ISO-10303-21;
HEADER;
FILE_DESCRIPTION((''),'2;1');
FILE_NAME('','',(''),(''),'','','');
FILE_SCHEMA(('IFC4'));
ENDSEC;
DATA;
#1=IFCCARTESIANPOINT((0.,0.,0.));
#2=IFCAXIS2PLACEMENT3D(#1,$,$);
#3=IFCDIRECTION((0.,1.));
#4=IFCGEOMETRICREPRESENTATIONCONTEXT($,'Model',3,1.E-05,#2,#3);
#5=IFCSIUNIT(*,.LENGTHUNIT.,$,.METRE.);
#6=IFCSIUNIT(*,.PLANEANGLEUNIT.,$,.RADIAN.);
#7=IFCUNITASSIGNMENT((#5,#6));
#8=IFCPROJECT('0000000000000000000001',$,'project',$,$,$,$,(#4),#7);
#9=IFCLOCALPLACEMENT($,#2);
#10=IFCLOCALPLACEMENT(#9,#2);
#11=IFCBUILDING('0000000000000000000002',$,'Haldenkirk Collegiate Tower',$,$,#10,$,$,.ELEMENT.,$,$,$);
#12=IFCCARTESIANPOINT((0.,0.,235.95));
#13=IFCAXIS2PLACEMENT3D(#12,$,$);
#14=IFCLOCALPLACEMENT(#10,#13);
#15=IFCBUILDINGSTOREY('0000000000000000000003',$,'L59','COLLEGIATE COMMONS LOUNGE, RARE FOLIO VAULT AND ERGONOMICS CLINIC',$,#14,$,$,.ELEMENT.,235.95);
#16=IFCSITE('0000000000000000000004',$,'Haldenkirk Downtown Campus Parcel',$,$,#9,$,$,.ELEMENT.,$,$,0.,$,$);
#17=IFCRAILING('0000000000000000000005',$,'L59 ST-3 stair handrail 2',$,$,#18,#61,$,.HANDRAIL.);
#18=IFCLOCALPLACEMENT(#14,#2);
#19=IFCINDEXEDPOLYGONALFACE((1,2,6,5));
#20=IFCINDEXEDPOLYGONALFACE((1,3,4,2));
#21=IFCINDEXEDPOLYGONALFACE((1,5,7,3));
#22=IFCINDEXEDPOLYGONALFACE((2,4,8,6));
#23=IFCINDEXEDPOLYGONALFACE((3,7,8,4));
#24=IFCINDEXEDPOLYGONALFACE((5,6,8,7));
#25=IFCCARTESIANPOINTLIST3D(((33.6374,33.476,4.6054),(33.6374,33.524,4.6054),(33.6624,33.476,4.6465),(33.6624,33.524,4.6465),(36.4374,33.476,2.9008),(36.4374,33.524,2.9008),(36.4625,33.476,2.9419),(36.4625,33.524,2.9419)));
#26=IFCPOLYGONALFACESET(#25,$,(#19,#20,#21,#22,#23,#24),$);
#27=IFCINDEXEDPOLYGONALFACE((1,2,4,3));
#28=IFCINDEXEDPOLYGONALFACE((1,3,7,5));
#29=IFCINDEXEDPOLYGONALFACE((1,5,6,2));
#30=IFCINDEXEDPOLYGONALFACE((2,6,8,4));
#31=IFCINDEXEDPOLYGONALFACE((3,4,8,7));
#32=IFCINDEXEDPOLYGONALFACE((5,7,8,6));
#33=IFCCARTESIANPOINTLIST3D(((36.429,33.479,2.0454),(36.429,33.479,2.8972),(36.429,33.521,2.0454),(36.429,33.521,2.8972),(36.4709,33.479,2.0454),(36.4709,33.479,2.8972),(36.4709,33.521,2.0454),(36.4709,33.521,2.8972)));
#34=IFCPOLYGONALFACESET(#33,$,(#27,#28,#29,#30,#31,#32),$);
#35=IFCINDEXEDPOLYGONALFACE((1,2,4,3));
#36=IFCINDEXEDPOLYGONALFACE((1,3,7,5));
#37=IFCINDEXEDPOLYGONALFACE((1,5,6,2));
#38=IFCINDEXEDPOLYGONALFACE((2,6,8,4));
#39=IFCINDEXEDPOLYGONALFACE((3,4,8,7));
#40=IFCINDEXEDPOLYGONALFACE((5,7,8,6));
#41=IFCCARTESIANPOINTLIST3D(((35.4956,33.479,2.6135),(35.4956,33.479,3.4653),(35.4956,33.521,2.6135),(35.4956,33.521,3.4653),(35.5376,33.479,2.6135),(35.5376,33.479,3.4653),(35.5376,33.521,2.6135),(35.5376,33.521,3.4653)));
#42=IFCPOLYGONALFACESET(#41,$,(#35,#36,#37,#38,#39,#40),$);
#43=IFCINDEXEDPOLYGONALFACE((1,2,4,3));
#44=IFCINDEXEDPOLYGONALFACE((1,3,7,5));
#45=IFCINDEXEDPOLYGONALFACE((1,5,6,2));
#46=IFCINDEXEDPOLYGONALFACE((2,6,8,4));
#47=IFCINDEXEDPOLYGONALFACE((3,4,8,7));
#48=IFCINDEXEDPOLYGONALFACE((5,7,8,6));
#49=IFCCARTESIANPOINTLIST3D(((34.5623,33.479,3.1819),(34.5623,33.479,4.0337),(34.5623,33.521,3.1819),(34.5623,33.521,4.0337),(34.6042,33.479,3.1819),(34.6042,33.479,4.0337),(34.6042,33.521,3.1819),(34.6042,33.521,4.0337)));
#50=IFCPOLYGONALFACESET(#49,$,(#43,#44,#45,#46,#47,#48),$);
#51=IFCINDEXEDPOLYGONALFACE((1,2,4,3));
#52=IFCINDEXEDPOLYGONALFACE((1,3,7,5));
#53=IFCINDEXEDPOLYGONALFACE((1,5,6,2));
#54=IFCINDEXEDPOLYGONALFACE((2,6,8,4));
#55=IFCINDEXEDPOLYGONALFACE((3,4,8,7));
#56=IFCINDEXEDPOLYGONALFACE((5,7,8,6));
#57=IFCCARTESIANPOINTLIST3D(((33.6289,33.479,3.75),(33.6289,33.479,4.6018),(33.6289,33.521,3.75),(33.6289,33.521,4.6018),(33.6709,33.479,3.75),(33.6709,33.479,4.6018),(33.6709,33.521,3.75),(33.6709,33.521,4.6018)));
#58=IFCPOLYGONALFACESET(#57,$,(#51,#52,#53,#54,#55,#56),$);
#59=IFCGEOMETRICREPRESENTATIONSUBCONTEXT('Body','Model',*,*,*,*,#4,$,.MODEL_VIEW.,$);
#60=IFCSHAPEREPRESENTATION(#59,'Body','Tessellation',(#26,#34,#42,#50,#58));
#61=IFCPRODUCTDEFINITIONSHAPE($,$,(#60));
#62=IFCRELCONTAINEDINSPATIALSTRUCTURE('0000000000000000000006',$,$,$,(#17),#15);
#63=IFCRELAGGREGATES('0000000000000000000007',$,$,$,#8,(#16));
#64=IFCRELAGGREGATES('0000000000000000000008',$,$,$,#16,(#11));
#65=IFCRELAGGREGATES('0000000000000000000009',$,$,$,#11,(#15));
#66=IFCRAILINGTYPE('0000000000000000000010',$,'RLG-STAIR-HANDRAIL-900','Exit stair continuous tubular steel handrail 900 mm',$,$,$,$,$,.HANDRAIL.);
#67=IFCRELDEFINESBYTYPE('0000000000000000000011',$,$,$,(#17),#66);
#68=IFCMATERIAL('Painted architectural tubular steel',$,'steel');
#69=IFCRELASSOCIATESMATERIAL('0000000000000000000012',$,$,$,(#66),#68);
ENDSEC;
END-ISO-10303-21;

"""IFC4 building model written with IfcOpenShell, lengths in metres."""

from ifc_helpers import new_model, si_unit, direction, frame, origin, origin_2d, place, context, subcontext, project, spatial, rectangle, extrude, material, type_object, element, save


model = new_model("IFC4")

# Units and contexts
model_context = context("Model", 3, precision=1e-05, world=origin(), true_north=direction((0.0, 1.0)))
body_context = subcontext(model_context, "Body", "Model", "MODEL_VIEW")
ifc_project = project(units=[si_unit("LENGTHUNIT", "METRE"), si_unit("PLANEANGLEUNIT", "RADIAN")], contexts=[model_context])

# Site, building, storey
site_placement = place(None, origin())
site = spatial("IfcSite", under=ifc_project, at=site_placement, Name="Haldenkirk Downtown Campus Parcel", CompositionType="ELEMENT", RefElevation=0.0)
building_placement = place(site_placement, origin())
building = spatial("IfcBuilding", under=site, at=building_placement, Name="Haldenkirk Collegiate Tower", CompositionType="ELEMENT")
storey_placement = place(building_placement, frame((0.0, 0.0, 235.95)))
storey = spatial("IfcBuildingStorey", under=building, at=storey_placement, Name="L59", Description="COLLEGIATE COMMONS LOUNGE, RARE FOLIO VAULT AND ERGONOMICS CLINIC", CompositionType="ELEMENT", Elevation=235.95)

# Railing
ifc_material_1 = material(Name="Painted architectural tubular steel", Category="steel")
railing_type_1 = type_object("IfcRailingType", Name="RLG-STAIR-HANDRAIL-900", Description="Exit stair continuous tubular steel handrail 900 mm", PredefinedType="HANDRAIL", material=ifc_material_1)
railing_1_placement = place(storey_placement, frame((36.45, 33.5, 2.0454)))
element("IfcRailing", 1, at=railing_1_placement, inside=storey, type_object=railing_type_1, Name="L59 ST-3 stair handrail 2", PredefinedType="HANDRAIL", context=body_context, shape_type="SweptSolid", body=[
    extrude(rectangle(XDim=0.0481, YDim=0.0481, at=origin_2d()), frame((0.0, 0.0, 0.876), z_axis=(-0.85417, 0.0, 0.519994), x_axis=(0.0, -1.0, 0.0)), (0.0, 0.0, 1.0), 3.2781),
    extrude(rectangle(XDim=0.042, YDim=0.042, at=origin_2d()), origin(), (0.0, 0.0, 1.0), 0.8518),
    extrude(rectangle(XDim=0.042, YDim=0.042, at=origin_2d()), frame((-0.9333, 0.0, 0.5681)), (0.0, 0.0, 1.0), 0.8518),
    extrude(rectangle(XDim=0.042, YDim=0.042, at=origin_2d()), frame((-1.8667, 0.0, 1.1365)), (0.0, 0.0, 1.0), 0.8518),
    extrude(rectangle(XDim=0.042, YDim=0.042, at=origin_2d()), frame((-2.8, 0.0, 1.7046)), (0.0, 0.0, 1.0), 0.8518),
])

save(model, "model.ifc")
